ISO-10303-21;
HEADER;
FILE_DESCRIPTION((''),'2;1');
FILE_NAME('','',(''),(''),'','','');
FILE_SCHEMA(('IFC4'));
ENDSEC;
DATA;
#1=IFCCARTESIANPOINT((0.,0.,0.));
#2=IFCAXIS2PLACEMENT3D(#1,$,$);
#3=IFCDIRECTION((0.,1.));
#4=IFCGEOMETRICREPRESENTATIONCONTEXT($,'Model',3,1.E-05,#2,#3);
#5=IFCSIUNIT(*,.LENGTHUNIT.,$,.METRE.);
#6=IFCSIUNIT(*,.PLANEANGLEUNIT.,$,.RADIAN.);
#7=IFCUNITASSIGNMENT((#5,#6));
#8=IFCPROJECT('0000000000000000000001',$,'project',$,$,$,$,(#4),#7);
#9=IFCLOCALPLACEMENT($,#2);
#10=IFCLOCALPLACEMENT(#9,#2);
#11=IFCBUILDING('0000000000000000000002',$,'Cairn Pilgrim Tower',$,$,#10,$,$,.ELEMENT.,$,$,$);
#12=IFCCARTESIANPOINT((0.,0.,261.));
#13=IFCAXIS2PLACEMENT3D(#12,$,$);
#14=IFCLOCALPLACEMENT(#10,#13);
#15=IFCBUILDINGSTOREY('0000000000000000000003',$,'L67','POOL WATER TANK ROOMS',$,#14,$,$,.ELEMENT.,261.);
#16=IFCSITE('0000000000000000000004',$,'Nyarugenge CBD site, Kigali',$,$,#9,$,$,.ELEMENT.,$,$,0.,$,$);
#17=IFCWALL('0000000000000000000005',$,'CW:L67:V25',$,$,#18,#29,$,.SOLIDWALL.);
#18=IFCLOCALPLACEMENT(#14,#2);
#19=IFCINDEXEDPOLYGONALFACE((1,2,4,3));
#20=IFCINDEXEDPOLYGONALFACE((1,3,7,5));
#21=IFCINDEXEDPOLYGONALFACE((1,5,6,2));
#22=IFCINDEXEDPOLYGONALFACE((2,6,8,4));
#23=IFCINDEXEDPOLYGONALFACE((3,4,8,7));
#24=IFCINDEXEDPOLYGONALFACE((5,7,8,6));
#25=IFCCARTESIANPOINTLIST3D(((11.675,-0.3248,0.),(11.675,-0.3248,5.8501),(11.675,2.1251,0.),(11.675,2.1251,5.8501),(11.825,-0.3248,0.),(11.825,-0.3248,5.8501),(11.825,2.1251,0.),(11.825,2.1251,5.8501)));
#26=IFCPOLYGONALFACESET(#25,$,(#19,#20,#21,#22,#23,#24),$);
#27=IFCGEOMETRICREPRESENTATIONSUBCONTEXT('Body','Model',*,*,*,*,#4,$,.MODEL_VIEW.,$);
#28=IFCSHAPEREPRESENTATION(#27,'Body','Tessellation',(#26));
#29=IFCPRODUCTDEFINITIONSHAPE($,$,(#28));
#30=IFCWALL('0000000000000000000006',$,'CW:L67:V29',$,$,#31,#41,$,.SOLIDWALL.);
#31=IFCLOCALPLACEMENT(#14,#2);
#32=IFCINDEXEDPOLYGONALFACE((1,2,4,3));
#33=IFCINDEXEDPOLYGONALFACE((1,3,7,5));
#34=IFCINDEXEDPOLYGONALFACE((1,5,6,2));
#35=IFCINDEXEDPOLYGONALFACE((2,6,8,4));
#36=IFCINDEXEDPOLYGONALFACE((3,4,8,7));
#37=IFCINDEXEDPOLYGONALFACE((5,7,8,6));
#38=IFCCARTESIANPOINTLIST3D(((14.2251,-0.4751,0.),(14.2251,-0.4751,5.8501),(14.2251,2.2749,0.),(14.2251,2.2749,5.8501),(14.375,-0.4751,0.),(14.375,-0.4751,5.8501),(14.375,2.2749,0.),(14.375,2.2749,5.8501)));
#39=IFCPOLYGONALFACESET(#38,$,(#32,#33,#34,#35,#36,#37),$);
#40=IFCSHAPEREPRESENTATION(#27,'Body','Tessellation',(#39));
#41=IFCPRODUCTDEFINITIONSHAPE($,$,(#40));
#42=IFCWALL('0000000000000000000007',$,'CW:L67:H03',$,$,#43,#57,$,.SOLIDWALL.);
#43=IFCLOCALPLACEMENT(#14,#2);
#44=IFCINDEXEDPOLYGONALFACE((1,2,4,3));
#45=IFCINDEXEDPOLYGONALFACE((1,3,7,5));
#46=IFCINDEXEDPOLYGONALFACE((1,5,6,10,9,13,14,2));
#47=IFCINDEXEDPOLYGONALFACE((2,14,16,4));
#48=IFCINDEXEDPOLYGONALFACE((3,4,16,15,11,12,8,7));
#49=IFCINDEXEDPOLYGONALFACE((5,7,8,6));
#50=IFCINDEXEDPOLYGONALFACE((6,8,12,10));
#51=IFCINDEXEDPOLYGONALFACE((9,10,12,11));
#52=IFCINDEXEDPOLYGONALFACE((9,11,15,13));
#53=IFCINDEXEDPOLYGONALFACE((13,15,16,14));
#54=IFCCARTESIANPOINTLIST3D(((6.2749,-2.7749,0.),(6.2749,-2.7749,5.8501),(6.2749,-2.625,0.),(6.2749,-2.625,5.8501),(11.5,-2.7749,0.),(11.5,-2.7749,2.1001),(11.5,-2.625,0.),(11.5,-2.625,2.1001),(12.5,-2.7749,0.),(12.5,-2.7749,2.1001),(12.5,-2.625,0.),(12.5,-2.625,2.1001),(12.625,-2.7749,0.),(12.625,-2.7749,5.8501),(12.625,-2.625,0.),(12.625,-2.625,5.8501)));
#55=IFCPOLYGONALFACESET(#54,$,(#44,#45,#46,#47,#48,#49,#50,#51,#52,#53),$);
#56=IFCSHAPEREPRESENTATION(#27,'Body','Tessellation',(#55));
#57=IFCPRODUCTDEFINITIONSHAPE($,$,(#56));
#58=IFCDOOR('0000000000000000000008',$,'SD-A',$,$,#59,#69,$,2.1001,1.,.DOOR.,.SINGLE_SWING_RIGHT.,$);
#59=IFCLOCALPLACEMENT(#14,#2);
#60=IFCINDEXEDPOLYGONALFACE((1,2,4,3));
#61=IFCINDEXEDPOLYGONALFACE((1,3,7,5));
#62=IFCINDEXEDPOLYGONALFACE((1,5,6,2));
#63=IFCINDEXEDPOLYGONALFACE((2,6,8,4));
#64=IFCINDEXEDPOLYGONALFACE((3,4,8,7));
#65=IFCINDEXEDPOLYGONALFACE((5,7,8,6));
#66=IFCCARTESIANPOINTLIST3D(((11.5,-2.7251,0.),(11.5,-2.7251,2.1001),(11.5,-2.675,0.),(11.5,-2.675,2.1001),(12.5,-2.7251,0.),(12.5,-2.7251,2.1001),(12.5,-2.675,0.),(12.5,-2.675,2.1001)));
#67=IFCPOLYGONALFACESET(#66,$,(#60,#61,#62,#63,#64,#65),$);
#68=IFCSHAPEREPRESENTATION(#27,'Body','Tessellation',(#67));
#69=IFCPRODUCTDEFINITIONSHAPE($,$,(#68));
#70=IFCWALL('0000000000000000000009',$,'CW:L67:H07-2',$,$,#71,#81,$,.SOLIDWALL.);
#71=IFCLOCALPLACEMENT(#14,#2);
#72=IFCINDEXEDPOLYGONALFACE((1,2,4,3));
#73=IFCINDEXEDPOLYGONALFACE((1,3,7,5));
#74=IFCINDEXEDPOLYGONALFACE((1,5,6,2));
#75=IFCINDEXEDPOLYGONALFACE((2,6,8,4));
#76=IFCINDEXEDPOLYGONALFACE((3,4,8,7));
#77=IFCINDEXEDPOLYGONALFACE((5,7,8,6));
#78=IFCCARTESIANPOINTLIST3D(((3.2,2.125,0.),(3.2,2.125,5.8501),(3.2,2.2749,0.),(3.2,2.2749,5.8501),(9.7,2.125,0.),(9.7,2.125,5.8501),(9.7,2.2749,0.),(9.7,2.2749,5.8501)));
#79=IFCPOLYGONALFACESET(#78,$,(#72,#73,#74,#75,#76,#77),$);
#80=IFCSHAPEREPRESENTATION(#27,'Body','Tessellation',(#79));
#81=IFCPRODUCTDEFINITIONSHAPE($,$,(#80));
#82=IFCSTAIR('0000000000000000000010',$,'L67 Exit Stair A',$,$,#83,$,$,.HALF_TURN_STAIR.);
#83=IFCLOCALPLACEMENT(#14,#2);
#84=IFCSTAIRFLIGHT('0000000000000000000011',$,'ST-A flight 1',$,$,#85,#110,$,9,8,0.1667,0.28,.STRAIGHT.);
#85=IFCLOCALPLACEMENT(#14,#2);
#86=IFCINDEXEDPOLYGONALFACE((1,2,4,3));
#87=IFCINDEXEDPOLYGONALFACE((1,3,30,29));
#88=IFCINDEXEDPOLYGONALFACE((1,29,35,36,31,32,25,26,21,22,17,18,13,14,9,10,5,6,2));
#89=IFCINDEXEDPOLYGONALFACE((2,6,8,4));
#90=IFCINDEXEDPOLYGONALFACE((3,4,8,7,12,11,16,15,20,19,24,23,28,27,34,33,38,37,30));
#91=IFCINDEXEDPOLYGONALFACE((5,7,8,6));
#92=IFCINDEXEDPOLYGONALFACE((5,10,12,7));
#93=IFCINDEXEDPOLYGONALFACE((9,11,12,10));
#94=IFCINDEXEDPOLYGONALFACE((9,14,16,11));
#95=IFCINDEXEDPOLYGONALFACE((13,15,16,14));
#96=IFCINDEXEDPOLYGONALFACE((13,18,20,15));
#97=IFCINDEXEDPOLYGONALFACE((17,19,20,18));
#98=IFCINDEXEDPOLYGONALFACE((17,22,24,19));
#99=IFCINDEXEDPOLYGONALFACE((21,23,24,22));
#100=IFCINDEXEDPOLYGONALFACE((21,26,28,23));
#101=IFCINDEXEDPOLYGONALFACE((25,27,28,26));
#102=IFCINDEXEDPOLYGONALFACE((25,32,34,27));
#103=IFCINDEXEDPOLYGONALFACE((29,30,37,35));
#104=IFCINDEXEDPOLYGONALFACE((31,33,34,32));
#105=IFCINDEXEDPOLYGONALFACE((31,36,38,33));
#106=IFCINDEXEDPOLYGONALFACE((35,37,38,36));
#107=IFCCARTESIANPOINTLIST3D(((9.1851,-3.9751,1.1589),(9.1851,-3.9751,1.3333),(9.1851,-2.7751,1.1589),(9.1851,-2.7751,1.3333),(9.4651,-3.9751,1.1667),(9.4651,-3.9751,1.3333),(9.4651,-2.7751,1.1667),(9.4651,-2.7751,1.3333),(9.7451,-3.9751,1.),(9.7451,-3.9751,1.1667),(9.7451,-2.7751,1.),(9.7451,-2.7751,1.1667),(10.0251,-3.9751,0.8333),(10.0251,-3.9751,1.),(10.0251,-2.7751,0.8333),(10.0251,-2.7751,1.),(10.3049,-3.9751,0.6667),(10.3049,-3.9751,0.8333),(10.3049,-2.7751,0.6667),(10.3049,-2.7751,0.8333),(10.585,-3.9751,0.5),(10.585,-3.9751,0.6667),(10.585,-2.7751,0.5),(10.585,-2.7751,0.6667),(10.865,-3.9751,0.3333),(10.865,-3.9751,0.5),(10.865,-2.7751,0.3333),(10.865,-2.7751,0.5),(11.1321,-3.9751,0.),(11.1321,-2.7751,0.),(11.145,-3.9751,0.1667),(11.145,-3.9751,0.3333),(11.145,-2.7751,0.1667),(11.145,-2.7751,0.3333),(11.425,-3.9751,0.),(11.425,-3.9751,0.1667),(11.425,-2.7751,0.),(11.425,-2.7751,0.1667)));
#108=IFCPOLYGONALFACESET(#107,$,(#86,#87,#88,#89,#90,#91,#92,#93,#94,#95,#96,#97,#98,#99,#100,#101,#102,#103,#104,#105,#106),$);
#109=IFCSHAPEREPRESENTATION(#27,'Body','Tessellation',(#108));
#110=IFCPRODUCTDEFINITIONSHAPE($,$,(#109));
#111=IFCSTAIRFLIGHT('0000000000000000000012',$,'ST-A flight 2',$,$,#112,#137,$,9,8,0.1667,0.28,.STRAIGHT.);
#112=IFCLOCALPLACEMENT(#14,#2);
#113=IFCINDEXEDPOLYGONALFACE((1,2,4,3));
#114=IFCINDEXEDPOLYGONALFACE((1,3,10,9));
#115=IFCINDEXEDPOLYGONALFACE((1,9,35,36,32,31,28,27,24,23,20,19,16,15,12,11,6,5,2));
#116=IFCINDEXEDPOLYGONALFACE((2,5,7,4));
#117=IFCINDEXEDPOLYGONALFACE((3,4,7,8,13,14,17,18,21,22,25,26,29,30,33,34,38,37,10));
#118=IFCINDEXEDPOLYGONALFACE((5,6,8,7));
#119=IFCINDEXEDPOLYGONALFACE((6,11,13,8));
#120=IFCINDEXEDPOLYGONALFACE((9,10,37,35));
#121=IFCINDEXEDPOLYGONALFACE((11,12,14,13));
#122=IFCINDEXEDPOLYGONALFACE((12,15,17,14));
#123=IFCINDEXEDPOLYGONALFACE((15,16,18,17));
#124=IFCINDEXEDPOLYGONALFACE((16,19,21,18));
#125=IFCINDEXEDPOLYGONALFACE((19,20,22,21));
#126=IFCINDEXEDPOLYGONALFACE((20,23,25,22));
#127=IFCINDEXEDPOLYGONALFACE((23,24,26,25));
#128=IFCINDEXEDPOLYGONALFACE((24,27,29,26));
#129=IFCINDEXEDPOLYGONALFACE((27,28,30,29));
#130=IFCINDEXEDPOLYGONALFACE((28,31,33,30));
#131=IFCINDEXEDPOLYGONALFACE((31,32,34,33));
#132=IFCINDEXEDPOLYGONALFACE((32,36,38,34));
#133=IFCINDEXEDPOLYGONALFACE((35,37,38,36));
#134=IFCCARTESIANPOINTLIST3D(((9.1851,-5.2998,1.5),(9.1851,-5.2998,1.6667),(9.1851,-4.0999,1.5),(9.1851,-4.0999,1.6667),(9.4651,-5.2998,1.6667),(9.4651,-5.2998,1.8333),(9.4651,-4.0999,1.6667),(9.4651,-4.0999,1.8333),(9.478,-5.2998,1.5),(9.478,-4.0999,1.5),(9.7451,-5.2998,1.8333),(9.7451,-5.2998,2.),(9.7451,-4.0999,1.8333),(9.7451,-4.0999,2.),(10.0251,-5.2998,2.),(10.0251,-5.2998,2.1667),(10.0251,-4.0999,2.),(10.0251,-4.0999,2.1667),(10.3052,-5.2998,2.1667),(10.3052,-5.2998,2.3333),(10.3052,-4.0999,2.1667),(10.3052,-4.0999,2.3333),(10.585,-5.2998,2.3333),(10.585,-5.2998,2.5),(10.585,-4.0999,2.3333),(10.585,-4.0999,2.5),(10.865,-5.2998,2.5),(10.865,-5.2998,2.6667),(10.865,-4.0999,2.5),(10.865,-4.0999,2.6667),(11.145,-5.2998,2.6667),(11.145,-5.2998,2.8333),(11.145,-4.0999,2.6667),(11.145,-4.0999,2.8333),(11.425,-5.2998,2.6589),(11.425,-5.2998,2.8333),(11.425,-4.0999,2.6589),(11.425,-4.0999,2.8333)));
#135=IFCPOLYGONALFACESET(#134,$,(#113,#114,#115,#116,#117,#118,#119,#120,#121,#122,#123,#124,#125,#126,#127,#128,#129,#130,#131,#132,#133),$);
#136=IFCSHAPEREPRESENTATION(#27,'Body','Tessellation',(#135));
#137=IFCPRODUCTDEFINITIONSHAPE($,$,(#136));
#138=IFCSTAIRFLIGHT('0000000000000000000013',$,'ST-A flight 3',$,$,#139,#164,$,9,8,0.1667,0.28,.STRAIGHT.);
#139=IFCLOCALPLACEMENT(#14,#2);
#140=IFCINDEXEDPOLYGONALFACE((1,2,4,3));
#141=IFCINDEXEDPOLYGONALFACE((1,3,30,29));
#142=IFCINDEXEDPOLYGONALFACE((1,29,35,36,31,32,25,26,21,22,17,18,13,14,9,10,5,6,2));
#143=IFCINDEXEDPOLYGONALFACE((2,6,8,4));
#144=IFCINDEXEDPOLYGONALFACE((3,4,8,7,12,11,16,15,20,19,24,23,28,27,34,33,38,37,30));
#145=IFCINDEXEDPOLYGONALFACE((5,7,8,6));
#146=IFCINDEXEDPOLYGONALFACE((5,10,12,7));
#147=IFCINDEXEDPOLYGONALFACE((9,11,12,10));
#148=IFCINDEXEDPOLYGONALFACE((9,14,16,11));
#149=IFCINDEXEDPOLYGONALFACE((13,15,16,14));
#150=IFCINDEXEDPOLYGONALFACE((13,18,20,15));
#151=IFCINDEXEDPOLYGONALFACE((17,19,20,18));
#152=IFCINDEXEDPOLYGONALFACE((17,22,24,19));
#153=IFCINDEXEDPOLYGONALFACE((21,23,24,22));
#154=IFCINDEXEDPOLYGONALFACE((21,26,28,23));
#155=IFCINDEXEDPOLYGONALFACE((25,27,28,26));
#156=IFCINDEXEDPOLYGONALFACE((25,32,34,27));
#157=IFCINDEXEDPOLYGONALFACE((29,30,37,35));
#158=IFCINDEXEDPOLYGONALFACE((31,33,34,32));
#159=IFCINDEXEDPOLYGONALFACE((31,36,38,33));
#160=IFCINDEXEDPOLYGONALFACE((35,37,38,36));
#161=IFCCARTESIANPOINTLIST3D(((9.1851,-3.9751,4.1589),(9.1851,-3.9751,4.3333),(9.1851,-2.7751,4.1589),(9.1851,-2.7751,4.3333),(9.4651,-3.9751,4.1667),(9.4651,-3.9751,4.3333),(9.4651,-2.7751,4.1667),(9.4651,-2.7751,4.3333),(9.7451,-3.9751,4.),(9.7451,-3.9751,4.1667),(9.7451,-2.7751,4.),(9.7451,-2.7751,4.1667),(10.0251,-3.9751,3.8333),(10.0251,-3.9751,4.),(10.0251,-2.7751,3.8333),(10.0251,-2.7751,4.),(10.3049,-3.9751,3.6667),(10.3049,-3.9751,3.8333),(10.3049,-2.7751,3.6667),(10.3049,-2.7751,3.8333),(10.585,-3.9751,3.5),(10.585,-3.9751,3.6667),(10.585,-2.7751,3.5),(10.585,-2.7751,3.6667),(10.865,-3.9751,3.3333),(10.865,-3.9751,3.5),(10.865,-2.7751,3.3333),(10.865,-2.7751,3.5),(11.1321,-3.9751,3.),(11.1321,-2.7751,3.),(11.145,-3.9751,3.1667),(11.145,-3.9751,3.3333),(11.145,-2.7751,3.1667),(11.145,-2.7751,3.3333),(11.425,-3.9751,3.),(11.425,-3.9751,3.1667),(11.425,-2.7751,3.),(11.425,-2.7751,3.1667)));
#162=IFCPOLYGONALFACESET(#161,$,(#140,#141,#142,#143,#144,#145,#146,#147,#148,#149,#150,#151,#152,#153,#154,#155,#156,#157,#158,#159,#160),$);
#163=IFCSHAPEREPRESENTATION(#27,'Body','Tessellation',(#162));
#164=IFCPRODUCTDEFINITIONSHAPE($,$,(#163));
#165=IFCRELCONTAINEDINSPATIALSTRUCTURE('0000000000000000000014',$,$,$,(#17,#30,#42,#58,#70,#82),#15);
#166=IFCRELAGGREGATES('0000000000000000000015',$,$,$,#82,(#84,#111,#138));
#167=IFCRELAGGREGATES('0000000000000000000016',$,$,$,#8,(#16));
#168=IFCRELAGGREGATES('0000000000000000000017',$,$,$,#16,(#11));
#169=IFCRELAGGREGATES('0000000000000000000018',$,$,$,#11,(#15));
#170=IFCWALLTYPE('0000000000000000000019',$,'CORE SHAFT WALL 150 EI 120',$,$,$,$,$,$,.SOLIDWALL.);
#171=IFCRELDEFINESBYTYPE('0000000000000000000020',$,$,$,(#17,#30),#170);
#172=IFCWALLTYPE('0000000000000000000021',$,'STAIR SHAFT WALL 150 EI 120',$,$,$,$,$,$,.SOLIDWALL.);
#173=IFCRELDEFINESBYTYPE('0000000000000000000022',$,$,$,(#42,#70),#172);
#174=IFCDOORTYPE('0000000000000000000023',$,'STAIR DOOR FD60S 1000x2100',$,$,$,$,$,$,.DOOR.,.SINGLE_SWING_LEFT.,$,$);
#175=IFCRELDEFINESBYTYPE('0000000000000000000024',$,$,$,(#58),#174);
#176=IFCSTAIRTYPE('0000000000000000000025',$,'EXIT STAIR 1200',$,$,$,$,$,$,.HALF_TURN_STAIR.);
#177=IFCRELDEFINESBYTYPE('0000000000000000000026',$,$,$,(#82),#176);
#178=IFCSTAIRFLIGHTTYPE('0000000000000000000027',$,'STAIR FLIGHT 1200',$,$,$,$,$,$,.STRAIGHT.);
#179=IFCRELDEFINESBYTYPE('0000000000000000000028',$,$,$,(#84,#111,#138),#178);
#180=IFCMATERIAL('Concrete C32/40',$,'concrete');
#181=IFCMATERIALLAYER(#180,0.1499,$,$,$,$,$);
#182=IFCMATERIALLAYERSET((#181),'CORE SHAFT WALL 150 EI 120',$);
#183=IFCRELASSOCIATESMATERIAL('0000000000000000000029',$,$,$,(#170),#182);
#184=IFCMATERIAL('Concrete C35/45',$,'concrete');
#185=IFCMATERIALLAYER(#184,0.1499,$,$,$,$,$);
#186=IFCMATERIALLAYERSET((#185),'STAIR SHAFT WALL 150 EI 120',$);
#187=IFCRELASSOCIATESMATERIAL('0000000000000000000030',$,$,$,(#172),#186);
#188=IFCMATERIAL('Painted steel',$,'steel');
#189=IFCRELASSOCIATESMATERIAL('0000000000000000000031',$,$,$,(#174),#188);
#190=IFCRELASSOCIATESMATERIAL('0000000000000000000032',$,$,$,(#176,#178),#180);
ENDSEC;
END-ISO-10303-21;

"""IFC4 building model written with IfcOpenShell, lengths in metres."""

from ifc_helpers import new_model, si_unit, direction, frame, frame_2d, origin, place, context, subcontext, project, spatial, polyline, rectangle, outline, extrude, material, layer, layer_set, type_object, element, fill, aggregate, save


model = new_model("IFC4")

# Units and contexts
model_context = context("Model", 3, precision=1e-05, world=origin(), true_north=direction((0.0, 1.0)))
body_context = subcontext(model_context, "Body", "Model", "MODEL_VIEW")
ifc_project = project(units=[si_unit("LENGTHUNIT", "METRE"), si_unit("PLANEANGLEUNIT", "RADIAN")], contexts=[model_context])

# Site, building, storey
site_placement = place(None, origin())
site = spatial("IfcSite", under=ifc_project, at=site_placement, Name="Nyarugenge CBD site, Kigali", CompositionType="ELEMENT", RefElevation=0.0)
building_placement = place(site_placement, origin())
building = spatial("IfcBuilding", under=site, at=building_placement, Name="Cairn Pilgrim Tower", CompositionType="ELEMENT")
storey_placement = place(building_placement, frame((0.0, 0.0, 261.0)))
storey = spatial("IfcBuildingStorey", under=building, at=storey_placement, Name="L67", Description="POOL WATER TANK ROOMS", CompositionType="ELEMENT", Elevation=261.0)

# Shared definitions
ifc_material_1 = material(Name="Concrete C32/40", Category="concrete")
ifc_material_2 = material(Name="Painted steel", Category="steel")

# Shared definitions
ifc_layer_1 = layer(ifc_material_1, 0.1499)
ifc_layer_set_1 = layer_set([ifc_layer_1], Name="CORE SHAFT WALL 150 EI 120")
wall_type_1 = type_object("IfcWallType", Name="CORE SHAFT WALL 150 EI 120", PredefinedType="SOLIDWALL", material=ifc_layer_set_1)

# Walls
wall_1_placement = place(storey_placement, frame((11.75, -0.325, 0.0), z_axis=(0.0, 0.0, 1.0), x_axis=(0.0, 1.0, 0.0)))
element("IfcWall", 1, at=wall_1_placement, inside=storey, type_object=wall_type_1, Name="CW:L67:V25", PredefinedType="SOLIDWALL", context=body_context, shape_type="SweptSolid", body=[
    extrude(rectangle(XDim=2.45, YDim=0.1499, at=frame_2d((1.2251, 0.0))), origin(), (0.0, 0.0, 1.0), 5.8501),
])
wall_2_placement = place(storey_placement, frame((14.3, -0.4751, 0.0), z_axis=(0.0, 0.0, 1.0), x_axis=(0.0, 1.0, 0.0)))
element("IfcWall", 2, at=wall_2_placement, inside=storey, type_object=wall_type_1, Name="CW:L67:V29", PredefinedType="SOLIDWALL", context=body_context, shape_type="SweptSolid", body=[
    extrude(rectangle(XDim=2.75, YDim=0.1499, at=frame_2d((1.375, 0.0))), origin(), (0.0, 0.0, 1.0), 5.8501),
])

# Wall, opening, door
ifc_material_3 = material(Name="Concrete C35/45", Category="concrete")
ifc_layer_2 = layer(ifc_material_3, 0.1499)
ifc_layer_set_2 = layer_set([ifc_layer_2], Name="STAIR SHAFT WALL 150 EI 120")
wall_type_2 = type_object("IfcWallType", Name="STAIR SHAFT WALL 150 EI 120", PredefinedType="SOLIDWALL", material=ifc_layer_set_2)
wall_3_placement = place(storey_placement, frame((6.2749, -2.7, 0.0), z_axis=(0.0, 0.0, 1.0), x_axis=(1.0, 0.0, 0.0)))
wall_3 = element("IfcWall", 3, at=wall_3_placement, inside=storey, type_object=wall_type_2, Name="CW:L67:H03", PredefinedType="SOLIDWALL", context=body_context, shape_type="SweptSolid", body=[
    extrude(rectangle(XDim=6.3501, YDim=0.1499, at=frame_2d((3.175, 0.0))), origin(), (0.0, 0.0, 1.0), 5.8501),
])
opening_1_placement = place(wall_3_placement, frame((5.2251, 0.0, 0.0)))
opening_1 = element("IfcOpeningElement", 4, at=opening_1_placement, cuts=wall_3, PredefinedType="OPENING", context=body_context, shape_type="SweptSolid", body=[
    extrude(rectangle(XDim=1.0, YDim=2.1001, at=frame_2d((0.5, 1.05))), frame((0.0, 0.085, 0.0), z_axis=(0.0, -1.0, 0.0), x_axis=(1.0, 0.0, 0.0)), (0.0, 0.0, 1.0), 0.1699),
])
door_type_1 = type_object("IfcDoorType", Name="STAIR DOOR FD60S 1000x2100", OperationType="SINGLE_SWING_LEFT", PredefinedType="DOOR", material=ifc_material_2)
door_1_placement = place(opening_1_placement, origin())
door_1 = element("IfcDoor", 5, at=door_1_placement, inside=storey, type_object=door_type_1, Name="SD-A", OperationType="SINGLE_SWING_RIGHT", OverallHeight=2.1001, OverallWidth=1.0, PredefinedType="DOOR", context=body_context, shape_type="SweptSolid", body=[
    extrude(rectangle(XDim=1.0, YDim=2.1001, at=frame_2d((0.5, 1.05))), frame((0.0, 0.0249, 0.0), z_axis=(0.0, -1.0, 0.0), x_axis=(1.0, 0.0, 0.0)), (0.0, 0.0, 1.0), 0.05),
])
fill(opening_1, door_1)

# Wall
wall_4_placement = place(storey_placement, frame((3.2, 2.2, 0.0), z_axis=(0.0, 0.0, 1.0), x_axis=(1.0, 0.0, 0.0)))
element("IfcWall", 6, at=wall_4_placement, inside=storey, type_object=wall_type_2, Name="CW:L67:H07-2", PredefinedType="SOLIDWALL", context=body_context, shape_type="SweptSolid", body=[
    extrude(rectangle(XDim=6.5, YDim=0.1499, at=frame_2d((3.25, 0.0))), origin(), (0.0, 0.0, 1.0), 5.8501),
])

# Stair, stair flights
stair_type = type_object("IfcStairType", Name="EXIT STAIR 1200", PredefinedType="HALF_TURN_STAIR", material=ifc_material_1)
stair_placement = place(storey_placement, origin())
stair = element("IfcStair", 7, at=stair_placement, inside=storey, type_object=stair_type, Name="L67 Exit Stair A", PredefinedType="HALF_TURN_STAIR")
stair_flight_type = type_object("IfcStairFlightType", Name="STAIR FLIGHT 1200", PredefinedType="STRAIGHT", material=ifc_material_1)
stair_flight_1_placement = place(storey_placement, frame((11.425, -3.375, 0.0), z_axis=(0.0, 0.0, 1.0), x_axis=(-1.0, 0.0, 0.0)))
stair_flight_1 = element("IfcStairFlight", 8, at=stair_flight_1_placement, type_object=stair_flight_type, Name="ST-A flight 1", NumberOfRisers=9, NumberOfTreads=8, PredefinedType="STRAIGHT", RiserHeight=0.1667, TreadLength=0.28, context=body_context, shape_type="SweptSolid", body=[
    extrude(outline(polyline([(0.0, 0.0), (0.0, 0.1667), (0.28, 0.1667), (0.28, 0.3333), (0.5601, 0.3333), (0.5601, 0.5), (0.8401, 0.5), (0.8401, 0.6667), (1.1201, 0.6667), (1.1201, 0.8333), (1.3999, 0.8333), (1.3999, 1.0), (1.6799, 1.0), (1.6799, 1.1667), (1.96, 1.1667), (1.96, 1.3333), (2.24, 1.3333), (2.24, 1.5), (2.24, 1.1589), (0.293, 0.0), (0.0, 0.0)])), frame((0.0, 0.6001, 0.0), z_axis=(0.0, -1.0, 0.0), x_axis=(1.0, 0.0, 0.0)), (0.0, 0.0, 1.0), 1.2),
])
stair_flight_2_placement = place(storey_placement, frame((9.1851, -4.7, 1.5), z_axis=(0.0, 0.0, 1.0), x_axis=(1.0, 0.0, 0.0)))
stair_flight_2 = element("IfcStairFlight", 9, at=stair_flight_2_placement, type_object=stair_flight_type, Name="ST-A flight 2", NumberOfRisers=9, NumberOfTreads=8, PredefinedType="STRAIGHT", RiserHeight=0.1667, TreadLength=0.28, context=body_context, shape_type="SweptSolid", body=[
    extrude(outline(polyline([(0.0, 0.0), (0.0, 0.1667), (0.28, 0.1667), (0.28, 0.3333), (0.5601, 0.3333), (0.5601, 0.5), (0.8401, 0.5), (0.8401, 0.6667), (1.1201, 0.6667), (1.1201, 0.8333), (1.3999, 0.8333), (1.3999, 1.0), (1.6799, 1.0), (1.6799, 1.1667), (1.96, 1.1667), (1.96, 1.3333), (2.24, 1.3333), (2.24, 1.5), (2.24, 1.1589), (0.293, 0.0), (0.0, 0.0)])), frame((0.0, 0.6001, 0.0), z_axis=(0.0, -1.0, 0.0), x_axis=(1.0, 0.0, 0.0)), (0.0, 0.0, 1.0), 1.2),
])
stair_flight_3_placement = place(storey_placement, frame((11.425, -3.375, 3.0), z_axis=(0.0, 0.0, 1.0), x_axis=(-1.0, 0.0, 0.0)))
stair_flight_3 = element("IfcStairFlight", 10, at=stair_flight_3_placement, type_object=stair_flight_type, Name="ST-A flight 3", NumberOfRisers=9, NumberOfTreads=8, PredefinedType="STRAIGHT", RiserHeight=0.1667, TreadLength=0.28, context=body_context, shape_type="SweptSolid", body=[
    extrude(outline(polyline([(0.0, 0.0), (0.0, 0.1667), (0.28, 0.1667), (0.28, 0.3333), (0.5601, 0.3333), (0.5601, 0.5), (0.8401, 0.5), (0.8401, 0.6667), (1.1201, 0.6667), (1.1201, 0.8333), (1.3999, 0.8333), (1.3999, 1.0), (1.6799, 1.0), (1.6799, 1.1667), (1.96, 1.1667), (1.96, 1.3333), (2.24, 1.3333), (2.24, 1.5), (2.24, 1.1589), (0.293, 0.0), (0.0, 0.0)])), frame((0.0, 0.6001, 0.0), z_axis=(0.0, -1.0, 0.0), x_axis=(1.0, 0.0, 0.0)), (0.0, 0.0, 1.0), 1.2),
])
aggregate(stair, [stair_flight_1, stair_flight_2, stair_flight_3])

save(model, "model.ifc")
